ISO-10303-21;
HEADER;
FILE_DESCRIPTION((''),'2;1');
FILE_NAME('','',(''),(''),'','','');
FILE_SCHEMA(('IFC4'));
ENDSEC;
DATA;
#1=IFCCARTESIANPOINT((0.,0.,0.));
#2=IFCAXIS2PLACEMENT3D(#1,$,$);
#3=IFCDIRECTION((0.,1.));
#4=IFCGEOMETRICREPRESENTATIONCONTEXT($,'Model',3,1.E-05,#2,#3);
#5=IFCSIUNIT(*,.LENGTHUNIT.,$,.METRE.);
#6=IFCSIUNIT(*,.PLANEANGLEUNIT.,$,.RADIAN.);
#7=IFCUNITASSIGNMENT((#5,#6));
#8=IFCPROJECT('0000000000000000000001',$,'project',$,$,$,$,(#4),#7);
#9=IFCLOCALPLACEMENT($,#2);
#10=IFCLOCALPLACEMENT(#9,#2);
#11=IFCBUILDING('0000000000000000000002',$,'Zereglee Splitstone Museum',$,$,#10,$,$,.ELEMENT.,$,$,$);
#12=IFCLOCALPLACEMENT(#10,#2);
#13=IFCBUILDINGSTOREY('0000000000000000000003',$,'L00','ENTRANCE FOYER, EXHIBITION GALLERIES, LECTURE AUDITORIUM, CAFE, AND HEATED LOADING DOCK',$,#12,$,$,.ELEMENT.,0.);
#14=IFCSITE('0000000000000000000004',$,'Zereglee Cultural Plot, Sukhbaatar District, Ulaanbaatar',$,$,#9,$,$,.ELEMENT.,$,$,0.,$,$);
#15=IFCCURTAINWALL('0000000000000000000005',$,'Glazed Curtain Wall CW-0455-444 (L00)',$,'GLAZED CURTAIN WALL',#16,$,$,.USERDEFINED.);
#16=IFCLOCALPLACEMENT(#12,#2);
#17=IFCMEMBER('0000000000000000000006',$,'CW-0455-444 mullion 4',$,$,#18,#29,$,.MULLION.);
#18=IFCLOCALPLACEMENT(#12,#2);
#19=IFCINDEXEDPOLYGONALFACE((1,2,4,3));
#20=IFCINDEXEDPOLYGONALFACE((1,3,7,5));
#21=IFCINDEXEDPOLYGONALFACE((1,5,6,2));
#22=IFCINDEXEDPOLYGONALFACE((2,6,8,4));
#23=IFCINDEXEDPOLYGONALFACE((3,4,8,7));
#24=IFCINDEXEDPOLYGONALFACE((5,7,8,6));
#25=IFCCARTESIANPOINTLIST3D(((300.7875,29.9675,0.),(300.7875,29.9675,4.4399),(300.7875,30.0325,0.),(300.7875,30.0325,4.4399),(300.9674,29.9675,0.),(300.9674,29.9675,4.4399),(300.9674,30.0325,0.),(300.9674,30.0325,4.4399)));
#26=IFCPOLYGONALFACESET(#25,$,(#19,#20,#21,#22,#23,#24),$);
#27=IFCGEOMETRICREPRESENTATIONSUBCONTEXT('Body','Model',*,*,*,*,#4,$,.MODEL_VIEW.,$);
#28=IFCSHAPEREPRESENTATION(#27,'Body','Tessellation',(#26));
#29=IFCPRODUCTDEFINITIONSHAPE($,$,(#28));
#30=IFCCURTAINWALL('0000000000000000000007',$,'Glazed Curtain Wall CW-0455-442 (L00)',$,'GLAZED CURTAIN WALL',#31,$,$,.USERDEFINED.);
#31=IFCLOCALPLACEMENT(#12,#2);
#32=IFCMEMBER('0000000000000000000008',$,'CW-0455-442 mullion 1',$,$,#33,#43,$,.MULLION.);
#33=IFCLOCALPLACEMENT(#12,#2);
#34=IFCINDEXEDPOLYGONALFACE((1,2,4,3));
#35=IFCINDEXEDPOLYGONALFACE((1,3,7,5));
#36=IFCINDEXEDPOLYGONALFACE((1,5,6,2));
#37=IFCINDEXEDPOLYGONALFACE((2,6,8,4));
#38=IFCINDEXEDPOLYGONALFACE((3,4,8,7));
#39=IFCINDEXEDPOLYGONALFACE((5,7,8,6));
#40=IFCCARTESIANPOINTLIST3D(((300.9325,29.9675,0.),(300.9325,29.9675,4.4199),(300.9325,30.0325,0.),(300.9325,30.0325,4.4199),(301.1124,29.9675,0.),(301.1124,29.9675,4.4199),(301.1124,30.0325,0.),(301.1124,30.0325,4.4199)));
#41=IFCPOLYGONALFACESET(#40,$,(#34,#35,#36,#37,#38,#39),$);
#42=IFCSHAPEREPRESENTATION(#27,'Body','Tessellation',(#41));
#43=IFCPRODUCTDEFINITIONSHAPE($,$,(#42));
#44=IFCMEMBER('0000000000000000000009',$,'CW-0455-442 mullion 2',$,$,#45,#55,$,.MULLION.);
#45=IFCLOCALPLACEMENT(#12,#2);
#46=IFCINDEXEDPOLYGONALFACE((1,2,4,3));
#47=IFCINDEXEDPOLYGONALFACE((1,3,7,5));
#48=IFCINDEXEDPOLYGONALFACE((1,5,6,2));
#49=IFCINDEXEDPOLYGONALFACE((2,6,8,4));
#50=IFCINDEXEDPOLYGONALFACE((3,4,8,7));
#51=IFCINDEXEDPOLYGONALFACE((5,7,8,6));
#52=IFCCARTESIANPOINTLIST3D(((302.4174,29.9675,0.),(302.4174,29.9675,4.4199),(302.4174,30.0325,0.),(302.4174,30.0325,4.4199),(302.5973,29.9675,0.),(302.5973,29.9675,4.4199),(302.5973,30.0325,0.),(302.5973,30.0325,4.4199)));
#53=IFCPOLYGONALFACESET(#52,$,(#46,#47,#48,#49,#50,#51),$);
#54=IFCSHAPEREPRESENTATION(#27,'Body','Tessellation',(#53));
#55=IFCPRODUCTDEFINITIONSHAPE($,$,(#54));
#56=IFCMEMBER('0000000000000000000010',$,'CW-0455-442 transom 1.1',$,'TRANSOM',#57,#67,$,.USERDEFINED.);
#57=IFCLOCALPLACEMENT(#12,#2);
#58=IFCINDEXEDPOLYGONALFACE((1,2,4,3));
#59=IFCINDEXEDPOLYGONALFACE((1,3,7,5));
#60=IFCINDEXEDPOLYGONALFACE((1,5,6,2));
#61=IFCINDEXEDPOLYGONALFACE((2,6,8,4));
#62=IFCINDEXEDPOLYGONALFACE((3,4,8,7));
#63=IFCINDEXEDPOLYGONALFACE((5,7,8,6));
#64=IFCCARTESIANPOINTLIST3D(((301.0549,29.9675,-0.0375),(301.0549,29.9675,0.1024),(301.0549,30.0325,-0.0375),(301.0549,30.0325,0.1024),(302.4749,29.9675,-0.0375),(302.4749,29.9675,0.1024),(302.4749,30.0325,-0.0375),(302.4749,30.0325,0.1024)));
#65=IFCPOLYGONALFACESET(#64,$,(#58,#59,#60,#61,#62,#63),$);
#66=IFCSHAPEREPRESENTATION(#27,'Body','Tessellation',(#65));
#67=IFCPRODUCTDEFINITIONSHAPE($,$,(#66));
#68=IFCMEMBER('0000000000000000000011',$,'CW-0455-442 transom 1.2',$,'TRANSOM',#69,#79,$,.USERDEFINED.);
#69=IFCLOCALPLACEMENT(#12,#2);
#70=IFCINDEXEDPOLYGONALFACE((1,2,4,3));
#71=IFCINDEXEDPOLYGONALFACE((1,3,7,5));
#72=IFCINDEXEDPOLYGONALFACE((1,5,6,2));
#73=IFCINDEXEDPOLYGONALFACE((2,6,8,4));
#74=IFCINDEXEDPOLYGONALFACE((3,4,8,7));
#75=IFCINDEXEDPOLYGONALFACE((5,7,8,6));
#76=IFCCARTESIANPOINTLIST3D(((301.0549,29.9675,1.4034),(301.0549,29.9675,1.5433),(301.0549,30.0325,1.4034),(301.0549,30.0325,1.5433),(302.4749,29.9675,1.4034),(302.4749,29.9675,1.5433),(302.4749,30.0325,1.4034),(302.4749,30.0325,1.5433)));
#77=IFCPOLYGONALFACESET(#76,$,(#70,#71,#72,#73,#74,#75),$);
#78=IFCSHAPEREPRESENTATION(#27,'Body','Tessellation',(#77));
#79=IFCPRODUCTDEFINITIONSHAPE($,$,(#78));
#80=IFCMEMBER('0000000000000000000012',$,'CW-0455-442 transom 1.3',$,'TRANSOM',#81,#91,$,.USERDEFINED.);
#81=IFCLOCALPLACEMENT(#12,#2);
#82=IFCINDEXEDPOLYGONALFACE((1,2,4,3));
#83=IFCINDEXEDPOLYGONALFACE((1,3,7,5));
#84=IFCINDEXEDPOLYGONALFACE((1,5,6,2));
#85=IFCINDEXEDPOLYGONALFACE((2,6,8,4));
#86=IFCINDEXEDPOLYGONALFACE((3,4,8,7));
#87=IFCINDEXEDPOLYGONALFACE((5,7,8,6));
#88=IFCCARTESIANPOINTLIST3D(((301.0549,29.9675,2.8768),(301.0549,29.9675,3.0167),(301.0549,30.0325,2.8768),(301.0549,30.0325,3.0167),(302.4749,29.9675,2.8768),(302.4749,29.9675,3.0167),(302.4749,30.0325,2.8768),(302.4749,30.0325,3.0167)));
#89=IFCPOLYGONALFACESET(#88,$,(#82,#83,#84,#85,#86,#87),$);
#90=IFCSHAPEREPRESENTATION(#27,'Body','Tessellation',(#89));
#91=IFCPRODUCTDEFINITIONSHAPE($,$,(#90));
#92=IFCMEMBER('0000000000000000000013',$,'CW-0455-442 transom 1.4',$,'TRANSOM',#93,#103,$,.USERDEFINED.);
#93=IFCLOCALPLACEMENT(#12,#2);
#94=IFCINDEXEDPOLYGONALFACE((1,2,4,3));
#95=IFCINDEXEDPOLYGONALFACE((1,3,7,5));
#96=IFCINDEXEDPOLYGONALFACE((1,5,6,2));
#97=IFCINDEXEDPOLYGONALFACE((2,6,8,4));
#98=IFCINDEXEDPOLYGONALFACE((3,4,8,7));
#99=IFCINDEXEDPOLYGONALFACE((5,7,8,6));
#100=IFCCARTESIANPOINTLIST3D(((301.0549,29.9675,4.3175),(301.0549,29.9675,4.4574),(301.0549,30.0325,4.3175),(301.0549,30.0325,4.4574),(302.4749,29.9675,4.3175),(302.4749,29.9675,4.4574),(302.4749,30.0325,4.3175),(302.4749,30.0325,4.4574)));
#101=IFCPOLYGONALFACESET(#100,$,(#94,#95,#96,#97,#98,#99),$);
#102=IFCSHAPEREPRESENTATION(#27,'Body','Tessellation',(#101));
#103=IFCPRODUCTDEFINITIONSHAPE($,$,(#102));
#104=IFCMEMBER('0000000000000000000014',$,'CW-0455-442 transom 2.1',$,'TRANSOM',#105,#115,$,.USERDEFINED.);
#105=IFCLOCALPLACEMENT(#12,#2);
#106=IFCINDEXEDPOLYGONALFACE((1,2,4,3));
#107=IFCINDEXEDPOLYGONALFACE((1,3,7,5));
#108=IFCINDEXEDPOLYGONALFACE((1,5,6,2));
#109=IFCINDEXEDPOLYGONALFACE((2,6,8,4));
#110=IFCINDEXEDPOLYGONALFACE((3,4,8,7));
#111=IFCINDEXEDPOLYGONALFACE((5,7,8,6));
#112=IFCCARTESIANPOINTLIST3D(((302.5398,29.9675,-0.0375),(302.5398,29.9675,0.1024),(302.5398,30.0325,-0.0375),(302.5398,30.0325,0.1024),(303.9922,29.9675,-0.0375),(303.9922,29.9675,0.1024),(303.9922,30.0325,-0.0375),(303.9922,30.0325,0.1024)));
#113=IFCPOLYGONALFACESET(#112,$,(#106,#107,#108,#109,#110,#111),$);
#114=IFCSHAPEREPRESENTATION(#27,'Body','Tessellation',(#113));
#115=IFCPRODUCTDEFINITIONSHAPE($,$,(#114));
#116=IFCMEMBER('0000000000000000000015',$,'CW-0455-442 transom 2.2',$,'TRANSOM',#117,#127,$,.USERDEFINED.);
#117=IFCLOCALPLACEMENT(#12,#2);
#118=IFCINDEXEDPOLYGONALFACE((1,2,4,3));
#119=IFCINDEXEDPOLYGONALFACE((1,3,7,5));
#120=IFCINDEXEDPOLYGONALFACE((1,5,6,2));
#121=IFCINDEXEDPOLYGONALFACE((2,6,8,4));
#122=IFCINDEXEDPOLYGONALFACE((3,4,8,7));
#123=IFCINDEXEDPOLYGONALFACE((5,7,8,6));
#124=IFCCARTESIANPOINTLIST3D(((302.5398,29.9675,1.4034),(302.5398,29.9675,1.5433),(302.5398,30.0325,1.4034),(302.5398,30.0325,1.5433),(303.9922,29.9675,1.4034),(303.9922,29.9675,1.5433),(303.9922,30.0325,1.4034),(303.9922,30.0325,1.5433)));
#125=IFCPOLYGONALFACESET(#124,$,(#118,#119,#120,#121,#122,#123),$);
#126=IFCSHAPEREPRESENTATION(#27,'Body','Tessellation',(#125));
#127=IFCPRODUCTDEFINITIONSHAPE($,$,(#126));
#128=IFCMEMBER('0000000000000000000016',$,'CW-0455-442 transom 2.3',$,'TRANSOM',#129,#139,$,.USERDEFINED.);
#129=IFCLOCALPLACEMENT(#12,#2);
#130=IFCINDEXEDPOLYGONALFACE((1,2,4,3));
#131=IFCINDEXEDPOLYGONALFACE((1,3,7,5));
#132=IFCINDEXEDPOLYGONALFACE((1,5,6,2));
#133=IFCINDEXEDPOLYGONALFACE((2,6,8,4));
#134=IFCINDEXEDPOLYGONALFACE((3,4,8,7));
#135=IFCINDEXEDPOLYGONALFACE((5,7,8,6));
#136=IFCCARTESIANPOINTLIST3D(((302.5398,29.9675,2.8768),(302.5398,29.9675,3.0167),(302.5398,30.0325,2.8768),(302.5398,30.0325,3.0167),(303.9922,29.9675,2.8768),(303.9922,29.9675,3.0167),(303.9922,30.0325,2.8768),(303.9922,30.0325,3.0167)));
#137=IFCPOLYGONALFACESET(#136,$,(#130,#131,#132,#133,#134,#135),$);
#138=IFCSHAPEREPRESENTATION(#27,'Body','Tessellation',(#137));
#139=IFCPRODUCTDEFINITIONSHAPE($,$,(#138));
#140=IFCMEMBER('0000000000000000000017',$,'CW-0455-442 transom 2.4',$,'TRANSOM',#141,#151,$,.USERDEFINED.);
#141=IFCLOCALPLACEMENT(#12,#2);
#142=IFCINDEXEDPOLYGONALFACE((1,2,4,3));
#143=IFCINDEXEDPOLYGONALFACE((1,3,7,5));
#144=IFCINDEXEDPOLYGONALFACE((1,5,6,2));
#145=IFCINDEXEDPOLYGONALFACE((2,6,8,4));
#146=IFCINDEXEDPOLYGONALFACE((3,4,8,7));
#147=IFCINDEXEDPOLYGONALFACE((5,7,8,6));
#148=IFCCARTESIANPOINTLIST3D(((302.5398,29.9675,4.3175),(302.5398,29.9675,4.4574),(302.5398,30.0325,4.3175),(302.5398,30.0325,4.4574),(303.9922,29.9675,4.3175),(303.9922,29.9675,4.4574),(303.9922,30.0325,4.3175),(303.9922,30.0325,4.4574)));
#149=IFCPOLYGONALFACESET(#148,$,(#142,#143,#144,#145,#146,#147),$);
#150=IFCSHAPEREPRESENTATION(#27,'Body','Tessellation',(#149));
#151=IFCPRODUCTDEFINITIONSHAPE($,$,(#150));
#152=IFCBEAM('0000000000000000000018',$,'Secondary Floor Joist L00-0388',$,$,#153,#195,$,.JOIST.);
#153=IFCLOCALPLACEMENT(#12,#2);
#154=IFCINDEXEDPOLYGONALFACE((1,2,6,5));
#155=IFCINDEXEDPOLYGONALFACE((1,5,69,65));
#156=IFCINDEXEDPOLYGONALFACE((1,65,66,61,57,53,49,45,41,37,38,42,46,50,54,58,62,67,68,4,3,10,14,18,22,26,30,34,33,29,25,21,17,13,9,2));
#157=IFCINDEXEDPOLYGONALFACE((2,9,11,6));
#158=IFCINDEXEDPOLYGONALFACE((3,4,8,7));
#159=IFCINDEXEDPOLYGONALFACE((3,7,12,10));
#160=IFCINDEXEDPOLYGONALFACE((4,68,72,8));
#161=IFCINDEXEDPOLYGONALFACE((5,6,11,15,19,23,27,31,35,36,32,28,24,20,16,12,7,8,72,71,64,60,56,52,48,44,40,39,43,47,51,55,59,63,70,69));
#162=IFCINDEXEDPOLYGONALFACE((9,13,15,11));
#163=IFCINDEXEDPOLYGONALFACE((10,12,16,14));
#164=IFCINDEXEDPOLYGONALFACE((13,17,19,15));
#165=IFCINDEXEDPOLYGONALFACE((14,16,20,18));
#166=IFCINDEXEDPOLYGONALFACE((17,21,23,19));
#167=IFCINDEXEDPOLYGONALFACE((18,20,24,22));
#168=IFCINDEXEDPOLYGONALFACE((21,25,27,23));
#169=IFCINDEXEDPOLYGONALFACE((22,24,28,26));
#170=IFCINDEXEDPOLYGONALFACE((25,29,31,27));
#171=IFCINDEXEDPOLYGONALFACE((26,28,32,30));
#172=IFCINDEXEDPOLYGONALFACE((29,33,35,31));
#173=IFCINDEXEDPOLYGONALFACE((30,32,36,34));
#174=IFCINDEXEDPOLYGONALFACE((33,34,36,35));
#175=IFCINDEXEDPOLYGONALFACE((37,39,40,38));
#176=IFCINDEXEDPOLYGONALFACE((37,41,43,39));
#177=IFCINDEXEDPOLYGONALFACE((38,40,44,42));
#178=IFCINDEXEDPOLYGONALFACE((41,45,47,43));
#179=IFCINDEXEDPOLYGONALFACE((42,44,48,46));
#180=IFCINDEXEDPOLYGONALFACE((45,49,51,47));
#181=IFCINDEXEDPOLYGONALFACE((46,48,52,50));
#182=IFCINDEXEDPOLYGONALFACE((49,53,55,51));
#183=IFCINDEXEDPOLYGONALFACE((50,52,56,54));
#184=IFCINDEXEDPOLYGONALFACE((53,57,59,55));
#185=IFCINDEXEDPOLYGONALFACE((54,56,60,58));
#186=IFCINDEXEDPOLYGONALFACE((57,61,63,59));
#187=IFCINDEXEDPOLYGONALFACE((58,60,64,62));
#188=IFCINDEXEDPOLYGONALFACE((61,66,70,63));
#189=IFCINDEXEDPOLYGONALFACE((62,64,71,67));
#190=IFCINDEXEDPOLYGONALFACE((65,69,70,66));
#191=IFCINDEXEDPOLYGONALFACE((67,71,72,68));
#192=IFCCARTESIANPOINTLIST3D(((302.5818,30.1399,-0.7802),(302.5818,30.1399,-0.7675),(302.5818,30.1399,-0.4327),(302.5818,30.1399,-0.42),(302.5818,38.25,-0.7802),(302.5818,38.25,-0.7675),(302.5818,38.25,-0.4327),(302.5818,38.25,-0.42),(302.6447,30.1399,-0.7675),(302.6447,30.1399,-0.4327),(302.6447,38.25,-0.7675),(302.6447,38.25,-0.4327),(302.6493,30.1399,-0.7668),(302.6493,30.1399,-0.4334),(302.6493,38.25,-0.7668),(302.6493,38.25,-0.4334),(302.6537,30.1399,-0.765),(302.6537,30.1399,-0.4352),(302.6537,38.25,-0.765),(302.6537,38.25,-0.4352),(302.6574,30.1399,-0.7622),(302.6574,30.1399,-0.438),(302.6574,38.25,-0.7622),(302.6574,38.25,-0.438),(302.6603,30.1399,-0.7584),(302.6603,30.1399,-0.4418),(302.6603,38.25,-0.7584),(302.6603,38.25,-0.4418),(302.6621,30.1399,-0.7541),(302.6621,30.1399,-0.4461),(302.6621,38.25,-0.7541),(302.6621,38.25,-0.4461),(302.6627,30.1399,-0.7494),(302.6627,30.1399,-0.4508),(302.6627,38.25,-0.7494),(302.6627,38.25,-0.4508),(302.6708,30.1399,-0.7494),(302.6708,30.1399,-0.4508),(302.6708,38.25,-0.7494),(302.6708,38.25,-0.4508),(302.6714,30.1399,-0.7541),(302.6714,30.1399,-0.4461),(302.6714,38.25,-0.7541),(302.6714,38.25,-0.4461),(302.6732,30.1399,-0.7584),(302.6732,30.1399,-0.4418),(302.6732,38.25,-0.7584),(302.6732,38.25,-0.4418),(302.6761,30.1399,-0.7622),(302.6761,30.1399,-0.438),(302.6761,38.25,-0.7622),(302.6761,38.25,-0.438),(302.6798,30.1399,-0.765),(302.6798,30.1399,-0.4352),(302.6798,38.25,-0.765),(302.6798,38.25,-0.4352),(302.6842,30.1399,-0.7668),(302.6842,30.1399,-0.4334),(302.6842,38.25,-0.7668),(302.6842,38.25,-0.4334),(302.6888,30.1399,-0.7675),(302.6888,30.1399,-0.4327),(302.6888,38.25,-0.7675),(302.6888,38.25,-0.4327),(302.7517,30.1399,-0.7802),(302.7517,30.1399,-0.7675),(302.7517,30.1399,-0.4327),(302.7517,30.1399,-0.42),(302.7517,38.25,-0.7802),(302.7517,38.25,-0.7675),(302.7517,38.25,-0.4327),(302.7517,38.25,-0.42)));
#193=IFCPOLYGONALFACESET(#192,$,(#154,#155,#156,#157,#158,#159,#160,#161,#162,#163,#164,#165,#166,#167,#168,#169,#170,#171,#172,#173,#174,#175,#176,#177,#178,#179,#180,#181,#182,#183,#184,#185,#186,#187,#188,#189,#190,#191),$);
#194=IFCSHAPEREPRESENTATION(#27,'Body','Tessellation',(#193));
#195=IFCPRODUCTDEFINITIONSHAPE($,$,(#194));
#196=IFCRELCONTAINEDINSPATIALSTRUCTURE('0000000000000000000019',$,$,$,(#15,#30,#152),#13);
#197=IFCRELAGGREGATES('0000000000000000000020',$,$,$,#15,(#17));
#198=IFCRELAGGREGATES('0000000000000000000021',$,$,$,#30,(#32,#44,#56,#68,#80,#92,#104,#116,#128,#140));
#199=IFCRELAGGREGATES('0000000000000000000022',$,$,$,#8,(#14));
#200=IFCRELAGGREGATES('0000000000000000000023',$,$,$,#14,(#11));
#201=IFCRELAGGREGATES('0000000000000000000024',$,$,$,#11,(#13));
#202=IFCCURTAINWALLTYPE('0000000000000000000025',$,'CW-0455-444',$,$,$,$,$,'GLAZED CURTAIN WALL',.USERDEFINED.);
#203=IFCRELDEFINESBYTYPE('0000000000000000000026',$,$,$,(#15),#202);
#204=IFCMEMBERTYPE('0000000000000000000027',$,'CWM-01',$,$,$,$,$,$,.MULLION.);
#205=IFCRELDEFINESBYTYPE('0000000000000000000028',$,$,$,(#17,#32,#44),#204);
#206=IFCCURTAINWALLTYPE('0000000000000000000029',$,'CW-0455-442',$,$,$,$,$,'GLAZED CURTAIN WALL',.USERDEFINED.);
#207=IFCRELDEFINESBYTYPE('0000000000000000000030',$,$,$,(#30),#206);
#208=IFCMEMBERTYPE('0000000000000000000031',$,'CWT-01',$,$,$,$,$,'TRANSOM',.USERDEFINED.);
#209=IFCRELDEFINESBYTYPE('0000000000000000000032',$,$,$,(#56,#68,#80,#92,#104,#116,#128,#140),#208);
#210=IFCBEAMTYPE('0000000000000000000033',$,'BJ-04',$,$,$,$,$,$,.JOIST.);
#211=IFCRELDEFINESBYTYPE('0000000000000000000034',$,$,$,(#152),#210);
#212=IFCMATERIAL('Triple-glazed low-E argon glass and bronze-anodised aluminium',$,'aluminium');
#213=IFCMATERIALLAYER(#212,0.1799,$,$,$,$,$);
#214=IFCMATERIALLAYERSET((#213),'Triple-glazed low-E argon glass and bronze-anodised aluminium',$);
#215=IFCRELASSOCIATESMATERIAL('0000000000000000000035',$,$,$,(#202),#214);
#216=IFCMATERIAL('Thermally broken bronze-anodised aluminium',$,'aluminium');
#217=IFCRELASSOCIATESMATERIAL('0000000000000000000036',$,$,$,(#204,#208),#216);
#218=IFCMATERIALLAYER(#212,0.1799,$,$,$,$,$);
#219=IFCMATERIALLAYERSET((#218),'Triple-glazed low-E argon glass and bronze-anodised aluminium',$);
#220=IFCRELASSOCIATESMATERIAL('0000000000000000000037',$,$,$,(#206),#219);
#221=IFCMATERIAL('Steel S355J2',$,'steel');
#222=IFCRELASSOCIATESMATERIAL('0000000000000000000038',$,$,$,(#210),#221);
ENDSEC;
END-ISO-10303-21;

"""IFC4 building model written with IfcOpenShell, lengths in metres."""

from ifc_helpers import new_model, si_unit, direction, frame, origin, origin_2d, place, context, subcontext, project, spatial, rectangle, i_section, extrude, material, layer, layer_set, material_profile, profile_set, type_object, element, aggregate, save


model = new_model("IFC4")

# Units and contexts
model_context = context("Model", 3, precision=1e-05, world=origin(), true_north=direction((0.0, 1.0)))
body_context = subcontext(model_context, "Body", "Model", "MODEL_VIEW")
ifc_project = project(units=[si_unit("LENGTHUNIT", "METRE"), si_unit("PLANEANGLEUNIT", "RADIAN")], contexts=[model_context])

# Site, building, storey
site_placement = place(None, origin())
site = spatial("IfcSite", under=ifc_project, at=site_placement, Name="Zereglee Cultural Plot, Sukhbaatar District, Ulaanbaatar", CompositionType="ELEMENT", RefElevation=0.0)
building_placement = place(site_placement, origin())
building = spatial("IfcBuilding", under=site, at=building_placement, Name="Zereglee Splitstone Museum", CompositionType="ELEMENT")
storey_placement = place(building_placement, origin())
storey = spatial("IfcBuildingStorey", under=building, at=storey_placement, Name="L00", Description="ENTRANCE FOYER, EXHIBITION GALLERIES, LECTURE AUDITORIUM, CAFE, AND HEATED LOADING DOCK", CompositionType="ELEMENT", Elevation=0.0)

# Curtain wall, member
ifc_material_1 = material(Name="Triple-glazed low-E argon glass and bronze-anodised aluminium", Category="aluminium")
ifc_layer_1 = layer(ifc_material_1, 0.1799)
ifc_layer_set_1 = layer_set([ifc_layer_1], Name="Triple-glazed low-E argon glass and bronze-anodised aluminium")
curtain_wall_type_1 = type_object("IfcCurtainWallType", Name="CW-0455-444", ElementType="GLAZED CURTAIN WALL", PredefinedType="USERDEFINED", material=ifc_layer_set_1)
curtain_wall_1_placement = place(storey_placement, origin())
curtain_wall_1 = element("IfcCurtainWall", 1, at=curtain_wall_1_placement, inside=storey, type_object=curtain_wall_type_1, Name="Glazed Curtain Wall CW-0455-444 (L00)", ObjectType="GLAZED CURTAIN WALL", PredefinedType="USERDEFINED")
ifc_material_2 = material(Name="Thermally broken bronze-anodised aluminium", Category="aluminium")
ifc_material_profile_1 = material_profile(ifc_material_2, rectangle(XDim=0.0649, YDim=0.1799, at=origin_2d()), Name="CW MULL 65x180")
ifc_profile_set_1 = profile_set([ifc_material_profile_1], Name="Thermally broken bronze-anodised aluminium")
member_type_1 = type_object("IfcMemberType", Name="CWM-01", PredefinedType="MULLION", material=ifc_profile_set_1)
member_1_placement = place(storey_placement, frame((300.8774, 30.0, 0.0), z_axis=(0.0, 0.0, 1.0), x_axis=(0.0, 1.0, 0.0)))
member_1 = element("IfcMember", 2, at=member_1_placement, type_object=member_type_1, Name="CW-0455-444 mullion 4", PredefinedType="MULLION", context=body_context, shape_type="SweptSolid", body=[
    extrude(rectangle(XDim=0.0649, YDim=0.1799, at=origin_2d()), origin(), (0.0, 0.0, 1.0), 4.4399),
])

# Curtain wall, members
ifc_layer_2 = layer(ifc_material_1, 0.1799)
ifc_layer_set_2 = layer_set([ifc_layer_2], Name="Triple-glazed low-E argon glass and bronze-anodised aluminium")
curtain_wall_type_2 = type_object("IfcCurtainWallType", Name="CW-0455-442", ElementType="GLAZED CURTAIN WALL", PredefinedType="USERDEFINED", material=ifc_layer_set_2)
curtain_wall_2_placement = place(storey_placement, origin())
curtain_wall_2 = element("IfcCurtainWall", 3, at=curtain_wall_2_placement, inside=storey, type_object=curtain_wall_type_2, Name="Glazed Curtain Wall CW-0455-442 (L00)", ObjectType="GLAZED CURTAIN WALL", PredefinedType="USERDEFINED")
member_2_placement = place(storey_placement, frame((301.0225, 30.0, 0.0), z_axis=(0.0, 0.0, 1.0), x_axis=(0.0, 1.0, 0.0)))
member_2 = element("IfcMember", 4, at=member_2_placement, type_object=member_type_1, Name="CW-0455-442 mullion 1", PredefinedType="MULLION", context=body_context, shape_type="SweptSolid", body=[
    extrude(rectangle(XDim=0.0649, YDim=0.1799, at=origin_2d()), origin(), (0.0, 0.0, 1.0), 4.4199),
])
member_3_placement = place(storey_placement, frame((302.5073, 30.0, 0.0), z_axis=(0.0, 0.0, 1.0), x_axis=(0.0, 1.0, 0.0)))
member_3 = element("IfcMember", 5, at=member_3_placement, type_object=member_type_1, Name="CW-0455-442 mullion 2", PredefinedType="MULLION", context=body_context, shape_type="SweptSolid", body=[
    extrude(rectangle(XDim=0.0649, YDim=0.1799, at=origin_2d()), origin(), (0.0, 0.0, 1.0), 4.4199),
])
ifc_material_profile_2 = material_profile(ifc_material_2, rectangle(XDim=0.0649, YDim=0.1399, at=origin_2d()), Name="CW TRAN 65x140")
ifc_profile_set_2 = profile_set([ifc_material_profile_2], Name="Thermally broken bronze-anodised aluminium")
member_type_2 = type_object("IfcMemberType", Name="CWT-01", ElementType="TRANSOM", PredefinedType="USERDEFINED", material=ifc_profile_set_2)
member_4_placement = place(storey_placement, frame((301.0549, 30.0, 0.0325), z_axis=(1.0, 0.0, 0.0), x_axis=(0.0, 1.0, 0.0)))
member_4 = element("IfcMember", 6, at=member_4_placement, type_object=member_type_2, Name="CW-0455-442 transom 1.1", ObjectType="TRANSOM", PredefinedType="USERDEFINED", context=body_context, shape_type="SweptSolid", body=[
    extrude(rectangle(XDim=0.0649, YDim=0.1399, at=origin_2d()), origin(), (0.0, 0.0, 1.0), 1.4199),
])
member_5_placement = place(storey_placement, frame((301.0549, 30.0, 1.4734), z_axis=(1.0, 0.0, 0.0), x_axis=(0.0, 1.0, 0.0)))
member_5 = element("IfcMember", 7, at=member_5_placement, type_object=member_type_2, Name="CW-0455-442 transom 1.2", ObjectType="TRANSOM", PredefinedType="USERDEFINED", context=body_context, shape_type="SweptSolid", body=[
    extrude(rectangle(XDim=0.0649, YDim=0.1399, at=origin_2d()), origin(), (0.0, 0.0, 1.0), 1.4199),
])
member_6_placement = place(storey_placement, frame((301.0549, 30.0, 2.9468), z_axis=(1.0, 0.0, 0.0), x_axis=(0.0, 1.0, 0.0)))
member_6 = element("IfcMember", 8, at=member_6_placement, type_object=member_type_2, Name="CW-0455-442 transom 1.3", ObjectType="TRANSOM", PredefinedType="USERDEFINED", context=body_context, shape_type="SweptSolid", body=[
    extrude(rectangle(XDim=0.0649, YDim=0.1399, at=origin_2d()), origin(), (0.0, 0.0, 1.0), 1.4199),
])
member_7_placement = place(storey_placement, frame((301.0549, 30.0, 4.3875), z_axis=(1.0, 0.0, 0.0), x_axis=(0.0, 1.0, 0.0)))
member_7 = element("IfcMember", 9, at=member_7_placement, type_object=member_type_2, Name="CW-0455-442 transom 1.4", ObjectType="TRANSOM", PredefinedType="USERDEFINED", context=body_context, shape_type="SweptSolid", body=[
    extrude(rectangle(XDim=0.0649, YDim=0.1399, at=origin_2d()), origin(), (0.0, 0.0, 1.0), 1.4199),
])
member_8_placement = place(storey_placement, frame((302.5398, 30.0, 0.0325), z_axis=(1.0, 0.0, 0.0), x_axis=(0.0, 1.0, 0.0)))
member_8 = element("IfcMember", 10, at=member_8_placement, type_object=member_type_2, Name="CW-0455-442 transom 2.1", ObjectType="TRANSOM", PredefinedType="USERDEFINED", context=body_context, shape_type="SweptSolid", body=[
    extrude(rectangle(XDim=0.0649, YDim=0.1399, at=origin_2d()), origin(), (0.0, 0.0, 1.0), 1.4524),
])
member_9_placement = place(storey_placement, frame((302.5398, 30.0, 1.4734), z_axis=(1.0, 0.0, 0.0), x_axis=(0.0, 1.0, 0.0)))
member_9 = element("IfcMember", 11, at=member_9_placement, type_object=member_type_2, Name="CW-0455-442 transom 2.2", ObjectType="TRANSOM", PredefinedType="USERDEFINED", context=body_context, shape_type="SweptSolid", body=[
    extrude(rectangle(XDim=0.0649, YDim=0.1399, at=origin_2d()), origin(), (0.0, 0.0, 1.0), 1.4524),
])
member_10_placement = place(storey_placement, frame((302.5398, 30.0, 2.9468), z_axis=(1.0, 0.0, 0.0), x_axis=(0.0, 1.0, 0.0)))
member_10 = element("IfcMember", 12, at=member_10_placement, type_object=member_type_2, Name="CW-0455-442 transom 2.3", ObjectType="TRANSOM", PredefinedType="USERDEFINED", context=body_context, shape_type="SweptSolid", body=[
    extrude(rectangle(XDim=0.0649, YDim=0.1399, at=origin_2d()), origin(), (0.0, 0.0, 1.0), 1.4524),
])
member_11_placement = place(storey_placement, frame((302.5398, 30.0, 4.3875), z_axis=(1.0, 0.0, 0.0), x_axis=(0.0, 1.0, 0.0)))
member_11 = element("IfcMember", 13, at=member_11_placement, type_object=member_type_2, Name="CW-0455-442 transom 2.4", ObjectType="TRANSOM", PredefinedType="USERDEFINED", context=body_context, shape_type="SweptSolid", body=[
    extrude(rectangle(XDim=0.0649, YDim=0.1399, at=origin_2d()), origin(), (0.0, 0.0, 1.0), 1.4524),
])

# Beam
ifc_material_3 = material(Name="Steel S355J2", Category="steel")
ifc_material_profile_3 = material_profile(ifc_material_3, i_section(OverallWidth=0.1699, OverallDepth=0.3601, WebThickness=0.0081, FlangeThickness=0.0127, FilletRadius=0.0181, at=origin_2d()), Name="IPE 360")
ifc_profile_set_3 = profile_set([ifc_material_profile_3], Name="Steel S355J2")
beam_type_1 = type_object("IfcBeamType", Name="BJ-04", PredefinedType="JOIST", material=ifc_profile_set_3)
beam_1_placement = place(storey_placement, frame((302.6667, 30.1399, -0.6001), z_axis=(0.0, 1.0, 0.0), x_axis=(-1.0, 0.0, 0.0)))
element("IfcBeam", 14, at=beam_1_placement, inside=storey, type_object=beam_type_1, Name="Secondary Floor Joist L00-0388", PredefinedType="JOIST", context=body_context, shape_type="SweptSolid", body=[
    extrude(i_section(OverallWidth=0.1699, OverallDepth=0.3601, WebThickness=0.0081, FlangeThickness=0.0127, FilletRadius=0.0181, at=origin_2d()), origin(), (0.0, 0.0, 1.0), 8.1101),
])

aggregate(curtain_wall_1, [member_1])
aggregate(curtain_wall_2, [member_2, member_3, member_4, member_5, member_6, member_7, member_8, member_9, member_10, member_11])

save(model, "model.ifc")
